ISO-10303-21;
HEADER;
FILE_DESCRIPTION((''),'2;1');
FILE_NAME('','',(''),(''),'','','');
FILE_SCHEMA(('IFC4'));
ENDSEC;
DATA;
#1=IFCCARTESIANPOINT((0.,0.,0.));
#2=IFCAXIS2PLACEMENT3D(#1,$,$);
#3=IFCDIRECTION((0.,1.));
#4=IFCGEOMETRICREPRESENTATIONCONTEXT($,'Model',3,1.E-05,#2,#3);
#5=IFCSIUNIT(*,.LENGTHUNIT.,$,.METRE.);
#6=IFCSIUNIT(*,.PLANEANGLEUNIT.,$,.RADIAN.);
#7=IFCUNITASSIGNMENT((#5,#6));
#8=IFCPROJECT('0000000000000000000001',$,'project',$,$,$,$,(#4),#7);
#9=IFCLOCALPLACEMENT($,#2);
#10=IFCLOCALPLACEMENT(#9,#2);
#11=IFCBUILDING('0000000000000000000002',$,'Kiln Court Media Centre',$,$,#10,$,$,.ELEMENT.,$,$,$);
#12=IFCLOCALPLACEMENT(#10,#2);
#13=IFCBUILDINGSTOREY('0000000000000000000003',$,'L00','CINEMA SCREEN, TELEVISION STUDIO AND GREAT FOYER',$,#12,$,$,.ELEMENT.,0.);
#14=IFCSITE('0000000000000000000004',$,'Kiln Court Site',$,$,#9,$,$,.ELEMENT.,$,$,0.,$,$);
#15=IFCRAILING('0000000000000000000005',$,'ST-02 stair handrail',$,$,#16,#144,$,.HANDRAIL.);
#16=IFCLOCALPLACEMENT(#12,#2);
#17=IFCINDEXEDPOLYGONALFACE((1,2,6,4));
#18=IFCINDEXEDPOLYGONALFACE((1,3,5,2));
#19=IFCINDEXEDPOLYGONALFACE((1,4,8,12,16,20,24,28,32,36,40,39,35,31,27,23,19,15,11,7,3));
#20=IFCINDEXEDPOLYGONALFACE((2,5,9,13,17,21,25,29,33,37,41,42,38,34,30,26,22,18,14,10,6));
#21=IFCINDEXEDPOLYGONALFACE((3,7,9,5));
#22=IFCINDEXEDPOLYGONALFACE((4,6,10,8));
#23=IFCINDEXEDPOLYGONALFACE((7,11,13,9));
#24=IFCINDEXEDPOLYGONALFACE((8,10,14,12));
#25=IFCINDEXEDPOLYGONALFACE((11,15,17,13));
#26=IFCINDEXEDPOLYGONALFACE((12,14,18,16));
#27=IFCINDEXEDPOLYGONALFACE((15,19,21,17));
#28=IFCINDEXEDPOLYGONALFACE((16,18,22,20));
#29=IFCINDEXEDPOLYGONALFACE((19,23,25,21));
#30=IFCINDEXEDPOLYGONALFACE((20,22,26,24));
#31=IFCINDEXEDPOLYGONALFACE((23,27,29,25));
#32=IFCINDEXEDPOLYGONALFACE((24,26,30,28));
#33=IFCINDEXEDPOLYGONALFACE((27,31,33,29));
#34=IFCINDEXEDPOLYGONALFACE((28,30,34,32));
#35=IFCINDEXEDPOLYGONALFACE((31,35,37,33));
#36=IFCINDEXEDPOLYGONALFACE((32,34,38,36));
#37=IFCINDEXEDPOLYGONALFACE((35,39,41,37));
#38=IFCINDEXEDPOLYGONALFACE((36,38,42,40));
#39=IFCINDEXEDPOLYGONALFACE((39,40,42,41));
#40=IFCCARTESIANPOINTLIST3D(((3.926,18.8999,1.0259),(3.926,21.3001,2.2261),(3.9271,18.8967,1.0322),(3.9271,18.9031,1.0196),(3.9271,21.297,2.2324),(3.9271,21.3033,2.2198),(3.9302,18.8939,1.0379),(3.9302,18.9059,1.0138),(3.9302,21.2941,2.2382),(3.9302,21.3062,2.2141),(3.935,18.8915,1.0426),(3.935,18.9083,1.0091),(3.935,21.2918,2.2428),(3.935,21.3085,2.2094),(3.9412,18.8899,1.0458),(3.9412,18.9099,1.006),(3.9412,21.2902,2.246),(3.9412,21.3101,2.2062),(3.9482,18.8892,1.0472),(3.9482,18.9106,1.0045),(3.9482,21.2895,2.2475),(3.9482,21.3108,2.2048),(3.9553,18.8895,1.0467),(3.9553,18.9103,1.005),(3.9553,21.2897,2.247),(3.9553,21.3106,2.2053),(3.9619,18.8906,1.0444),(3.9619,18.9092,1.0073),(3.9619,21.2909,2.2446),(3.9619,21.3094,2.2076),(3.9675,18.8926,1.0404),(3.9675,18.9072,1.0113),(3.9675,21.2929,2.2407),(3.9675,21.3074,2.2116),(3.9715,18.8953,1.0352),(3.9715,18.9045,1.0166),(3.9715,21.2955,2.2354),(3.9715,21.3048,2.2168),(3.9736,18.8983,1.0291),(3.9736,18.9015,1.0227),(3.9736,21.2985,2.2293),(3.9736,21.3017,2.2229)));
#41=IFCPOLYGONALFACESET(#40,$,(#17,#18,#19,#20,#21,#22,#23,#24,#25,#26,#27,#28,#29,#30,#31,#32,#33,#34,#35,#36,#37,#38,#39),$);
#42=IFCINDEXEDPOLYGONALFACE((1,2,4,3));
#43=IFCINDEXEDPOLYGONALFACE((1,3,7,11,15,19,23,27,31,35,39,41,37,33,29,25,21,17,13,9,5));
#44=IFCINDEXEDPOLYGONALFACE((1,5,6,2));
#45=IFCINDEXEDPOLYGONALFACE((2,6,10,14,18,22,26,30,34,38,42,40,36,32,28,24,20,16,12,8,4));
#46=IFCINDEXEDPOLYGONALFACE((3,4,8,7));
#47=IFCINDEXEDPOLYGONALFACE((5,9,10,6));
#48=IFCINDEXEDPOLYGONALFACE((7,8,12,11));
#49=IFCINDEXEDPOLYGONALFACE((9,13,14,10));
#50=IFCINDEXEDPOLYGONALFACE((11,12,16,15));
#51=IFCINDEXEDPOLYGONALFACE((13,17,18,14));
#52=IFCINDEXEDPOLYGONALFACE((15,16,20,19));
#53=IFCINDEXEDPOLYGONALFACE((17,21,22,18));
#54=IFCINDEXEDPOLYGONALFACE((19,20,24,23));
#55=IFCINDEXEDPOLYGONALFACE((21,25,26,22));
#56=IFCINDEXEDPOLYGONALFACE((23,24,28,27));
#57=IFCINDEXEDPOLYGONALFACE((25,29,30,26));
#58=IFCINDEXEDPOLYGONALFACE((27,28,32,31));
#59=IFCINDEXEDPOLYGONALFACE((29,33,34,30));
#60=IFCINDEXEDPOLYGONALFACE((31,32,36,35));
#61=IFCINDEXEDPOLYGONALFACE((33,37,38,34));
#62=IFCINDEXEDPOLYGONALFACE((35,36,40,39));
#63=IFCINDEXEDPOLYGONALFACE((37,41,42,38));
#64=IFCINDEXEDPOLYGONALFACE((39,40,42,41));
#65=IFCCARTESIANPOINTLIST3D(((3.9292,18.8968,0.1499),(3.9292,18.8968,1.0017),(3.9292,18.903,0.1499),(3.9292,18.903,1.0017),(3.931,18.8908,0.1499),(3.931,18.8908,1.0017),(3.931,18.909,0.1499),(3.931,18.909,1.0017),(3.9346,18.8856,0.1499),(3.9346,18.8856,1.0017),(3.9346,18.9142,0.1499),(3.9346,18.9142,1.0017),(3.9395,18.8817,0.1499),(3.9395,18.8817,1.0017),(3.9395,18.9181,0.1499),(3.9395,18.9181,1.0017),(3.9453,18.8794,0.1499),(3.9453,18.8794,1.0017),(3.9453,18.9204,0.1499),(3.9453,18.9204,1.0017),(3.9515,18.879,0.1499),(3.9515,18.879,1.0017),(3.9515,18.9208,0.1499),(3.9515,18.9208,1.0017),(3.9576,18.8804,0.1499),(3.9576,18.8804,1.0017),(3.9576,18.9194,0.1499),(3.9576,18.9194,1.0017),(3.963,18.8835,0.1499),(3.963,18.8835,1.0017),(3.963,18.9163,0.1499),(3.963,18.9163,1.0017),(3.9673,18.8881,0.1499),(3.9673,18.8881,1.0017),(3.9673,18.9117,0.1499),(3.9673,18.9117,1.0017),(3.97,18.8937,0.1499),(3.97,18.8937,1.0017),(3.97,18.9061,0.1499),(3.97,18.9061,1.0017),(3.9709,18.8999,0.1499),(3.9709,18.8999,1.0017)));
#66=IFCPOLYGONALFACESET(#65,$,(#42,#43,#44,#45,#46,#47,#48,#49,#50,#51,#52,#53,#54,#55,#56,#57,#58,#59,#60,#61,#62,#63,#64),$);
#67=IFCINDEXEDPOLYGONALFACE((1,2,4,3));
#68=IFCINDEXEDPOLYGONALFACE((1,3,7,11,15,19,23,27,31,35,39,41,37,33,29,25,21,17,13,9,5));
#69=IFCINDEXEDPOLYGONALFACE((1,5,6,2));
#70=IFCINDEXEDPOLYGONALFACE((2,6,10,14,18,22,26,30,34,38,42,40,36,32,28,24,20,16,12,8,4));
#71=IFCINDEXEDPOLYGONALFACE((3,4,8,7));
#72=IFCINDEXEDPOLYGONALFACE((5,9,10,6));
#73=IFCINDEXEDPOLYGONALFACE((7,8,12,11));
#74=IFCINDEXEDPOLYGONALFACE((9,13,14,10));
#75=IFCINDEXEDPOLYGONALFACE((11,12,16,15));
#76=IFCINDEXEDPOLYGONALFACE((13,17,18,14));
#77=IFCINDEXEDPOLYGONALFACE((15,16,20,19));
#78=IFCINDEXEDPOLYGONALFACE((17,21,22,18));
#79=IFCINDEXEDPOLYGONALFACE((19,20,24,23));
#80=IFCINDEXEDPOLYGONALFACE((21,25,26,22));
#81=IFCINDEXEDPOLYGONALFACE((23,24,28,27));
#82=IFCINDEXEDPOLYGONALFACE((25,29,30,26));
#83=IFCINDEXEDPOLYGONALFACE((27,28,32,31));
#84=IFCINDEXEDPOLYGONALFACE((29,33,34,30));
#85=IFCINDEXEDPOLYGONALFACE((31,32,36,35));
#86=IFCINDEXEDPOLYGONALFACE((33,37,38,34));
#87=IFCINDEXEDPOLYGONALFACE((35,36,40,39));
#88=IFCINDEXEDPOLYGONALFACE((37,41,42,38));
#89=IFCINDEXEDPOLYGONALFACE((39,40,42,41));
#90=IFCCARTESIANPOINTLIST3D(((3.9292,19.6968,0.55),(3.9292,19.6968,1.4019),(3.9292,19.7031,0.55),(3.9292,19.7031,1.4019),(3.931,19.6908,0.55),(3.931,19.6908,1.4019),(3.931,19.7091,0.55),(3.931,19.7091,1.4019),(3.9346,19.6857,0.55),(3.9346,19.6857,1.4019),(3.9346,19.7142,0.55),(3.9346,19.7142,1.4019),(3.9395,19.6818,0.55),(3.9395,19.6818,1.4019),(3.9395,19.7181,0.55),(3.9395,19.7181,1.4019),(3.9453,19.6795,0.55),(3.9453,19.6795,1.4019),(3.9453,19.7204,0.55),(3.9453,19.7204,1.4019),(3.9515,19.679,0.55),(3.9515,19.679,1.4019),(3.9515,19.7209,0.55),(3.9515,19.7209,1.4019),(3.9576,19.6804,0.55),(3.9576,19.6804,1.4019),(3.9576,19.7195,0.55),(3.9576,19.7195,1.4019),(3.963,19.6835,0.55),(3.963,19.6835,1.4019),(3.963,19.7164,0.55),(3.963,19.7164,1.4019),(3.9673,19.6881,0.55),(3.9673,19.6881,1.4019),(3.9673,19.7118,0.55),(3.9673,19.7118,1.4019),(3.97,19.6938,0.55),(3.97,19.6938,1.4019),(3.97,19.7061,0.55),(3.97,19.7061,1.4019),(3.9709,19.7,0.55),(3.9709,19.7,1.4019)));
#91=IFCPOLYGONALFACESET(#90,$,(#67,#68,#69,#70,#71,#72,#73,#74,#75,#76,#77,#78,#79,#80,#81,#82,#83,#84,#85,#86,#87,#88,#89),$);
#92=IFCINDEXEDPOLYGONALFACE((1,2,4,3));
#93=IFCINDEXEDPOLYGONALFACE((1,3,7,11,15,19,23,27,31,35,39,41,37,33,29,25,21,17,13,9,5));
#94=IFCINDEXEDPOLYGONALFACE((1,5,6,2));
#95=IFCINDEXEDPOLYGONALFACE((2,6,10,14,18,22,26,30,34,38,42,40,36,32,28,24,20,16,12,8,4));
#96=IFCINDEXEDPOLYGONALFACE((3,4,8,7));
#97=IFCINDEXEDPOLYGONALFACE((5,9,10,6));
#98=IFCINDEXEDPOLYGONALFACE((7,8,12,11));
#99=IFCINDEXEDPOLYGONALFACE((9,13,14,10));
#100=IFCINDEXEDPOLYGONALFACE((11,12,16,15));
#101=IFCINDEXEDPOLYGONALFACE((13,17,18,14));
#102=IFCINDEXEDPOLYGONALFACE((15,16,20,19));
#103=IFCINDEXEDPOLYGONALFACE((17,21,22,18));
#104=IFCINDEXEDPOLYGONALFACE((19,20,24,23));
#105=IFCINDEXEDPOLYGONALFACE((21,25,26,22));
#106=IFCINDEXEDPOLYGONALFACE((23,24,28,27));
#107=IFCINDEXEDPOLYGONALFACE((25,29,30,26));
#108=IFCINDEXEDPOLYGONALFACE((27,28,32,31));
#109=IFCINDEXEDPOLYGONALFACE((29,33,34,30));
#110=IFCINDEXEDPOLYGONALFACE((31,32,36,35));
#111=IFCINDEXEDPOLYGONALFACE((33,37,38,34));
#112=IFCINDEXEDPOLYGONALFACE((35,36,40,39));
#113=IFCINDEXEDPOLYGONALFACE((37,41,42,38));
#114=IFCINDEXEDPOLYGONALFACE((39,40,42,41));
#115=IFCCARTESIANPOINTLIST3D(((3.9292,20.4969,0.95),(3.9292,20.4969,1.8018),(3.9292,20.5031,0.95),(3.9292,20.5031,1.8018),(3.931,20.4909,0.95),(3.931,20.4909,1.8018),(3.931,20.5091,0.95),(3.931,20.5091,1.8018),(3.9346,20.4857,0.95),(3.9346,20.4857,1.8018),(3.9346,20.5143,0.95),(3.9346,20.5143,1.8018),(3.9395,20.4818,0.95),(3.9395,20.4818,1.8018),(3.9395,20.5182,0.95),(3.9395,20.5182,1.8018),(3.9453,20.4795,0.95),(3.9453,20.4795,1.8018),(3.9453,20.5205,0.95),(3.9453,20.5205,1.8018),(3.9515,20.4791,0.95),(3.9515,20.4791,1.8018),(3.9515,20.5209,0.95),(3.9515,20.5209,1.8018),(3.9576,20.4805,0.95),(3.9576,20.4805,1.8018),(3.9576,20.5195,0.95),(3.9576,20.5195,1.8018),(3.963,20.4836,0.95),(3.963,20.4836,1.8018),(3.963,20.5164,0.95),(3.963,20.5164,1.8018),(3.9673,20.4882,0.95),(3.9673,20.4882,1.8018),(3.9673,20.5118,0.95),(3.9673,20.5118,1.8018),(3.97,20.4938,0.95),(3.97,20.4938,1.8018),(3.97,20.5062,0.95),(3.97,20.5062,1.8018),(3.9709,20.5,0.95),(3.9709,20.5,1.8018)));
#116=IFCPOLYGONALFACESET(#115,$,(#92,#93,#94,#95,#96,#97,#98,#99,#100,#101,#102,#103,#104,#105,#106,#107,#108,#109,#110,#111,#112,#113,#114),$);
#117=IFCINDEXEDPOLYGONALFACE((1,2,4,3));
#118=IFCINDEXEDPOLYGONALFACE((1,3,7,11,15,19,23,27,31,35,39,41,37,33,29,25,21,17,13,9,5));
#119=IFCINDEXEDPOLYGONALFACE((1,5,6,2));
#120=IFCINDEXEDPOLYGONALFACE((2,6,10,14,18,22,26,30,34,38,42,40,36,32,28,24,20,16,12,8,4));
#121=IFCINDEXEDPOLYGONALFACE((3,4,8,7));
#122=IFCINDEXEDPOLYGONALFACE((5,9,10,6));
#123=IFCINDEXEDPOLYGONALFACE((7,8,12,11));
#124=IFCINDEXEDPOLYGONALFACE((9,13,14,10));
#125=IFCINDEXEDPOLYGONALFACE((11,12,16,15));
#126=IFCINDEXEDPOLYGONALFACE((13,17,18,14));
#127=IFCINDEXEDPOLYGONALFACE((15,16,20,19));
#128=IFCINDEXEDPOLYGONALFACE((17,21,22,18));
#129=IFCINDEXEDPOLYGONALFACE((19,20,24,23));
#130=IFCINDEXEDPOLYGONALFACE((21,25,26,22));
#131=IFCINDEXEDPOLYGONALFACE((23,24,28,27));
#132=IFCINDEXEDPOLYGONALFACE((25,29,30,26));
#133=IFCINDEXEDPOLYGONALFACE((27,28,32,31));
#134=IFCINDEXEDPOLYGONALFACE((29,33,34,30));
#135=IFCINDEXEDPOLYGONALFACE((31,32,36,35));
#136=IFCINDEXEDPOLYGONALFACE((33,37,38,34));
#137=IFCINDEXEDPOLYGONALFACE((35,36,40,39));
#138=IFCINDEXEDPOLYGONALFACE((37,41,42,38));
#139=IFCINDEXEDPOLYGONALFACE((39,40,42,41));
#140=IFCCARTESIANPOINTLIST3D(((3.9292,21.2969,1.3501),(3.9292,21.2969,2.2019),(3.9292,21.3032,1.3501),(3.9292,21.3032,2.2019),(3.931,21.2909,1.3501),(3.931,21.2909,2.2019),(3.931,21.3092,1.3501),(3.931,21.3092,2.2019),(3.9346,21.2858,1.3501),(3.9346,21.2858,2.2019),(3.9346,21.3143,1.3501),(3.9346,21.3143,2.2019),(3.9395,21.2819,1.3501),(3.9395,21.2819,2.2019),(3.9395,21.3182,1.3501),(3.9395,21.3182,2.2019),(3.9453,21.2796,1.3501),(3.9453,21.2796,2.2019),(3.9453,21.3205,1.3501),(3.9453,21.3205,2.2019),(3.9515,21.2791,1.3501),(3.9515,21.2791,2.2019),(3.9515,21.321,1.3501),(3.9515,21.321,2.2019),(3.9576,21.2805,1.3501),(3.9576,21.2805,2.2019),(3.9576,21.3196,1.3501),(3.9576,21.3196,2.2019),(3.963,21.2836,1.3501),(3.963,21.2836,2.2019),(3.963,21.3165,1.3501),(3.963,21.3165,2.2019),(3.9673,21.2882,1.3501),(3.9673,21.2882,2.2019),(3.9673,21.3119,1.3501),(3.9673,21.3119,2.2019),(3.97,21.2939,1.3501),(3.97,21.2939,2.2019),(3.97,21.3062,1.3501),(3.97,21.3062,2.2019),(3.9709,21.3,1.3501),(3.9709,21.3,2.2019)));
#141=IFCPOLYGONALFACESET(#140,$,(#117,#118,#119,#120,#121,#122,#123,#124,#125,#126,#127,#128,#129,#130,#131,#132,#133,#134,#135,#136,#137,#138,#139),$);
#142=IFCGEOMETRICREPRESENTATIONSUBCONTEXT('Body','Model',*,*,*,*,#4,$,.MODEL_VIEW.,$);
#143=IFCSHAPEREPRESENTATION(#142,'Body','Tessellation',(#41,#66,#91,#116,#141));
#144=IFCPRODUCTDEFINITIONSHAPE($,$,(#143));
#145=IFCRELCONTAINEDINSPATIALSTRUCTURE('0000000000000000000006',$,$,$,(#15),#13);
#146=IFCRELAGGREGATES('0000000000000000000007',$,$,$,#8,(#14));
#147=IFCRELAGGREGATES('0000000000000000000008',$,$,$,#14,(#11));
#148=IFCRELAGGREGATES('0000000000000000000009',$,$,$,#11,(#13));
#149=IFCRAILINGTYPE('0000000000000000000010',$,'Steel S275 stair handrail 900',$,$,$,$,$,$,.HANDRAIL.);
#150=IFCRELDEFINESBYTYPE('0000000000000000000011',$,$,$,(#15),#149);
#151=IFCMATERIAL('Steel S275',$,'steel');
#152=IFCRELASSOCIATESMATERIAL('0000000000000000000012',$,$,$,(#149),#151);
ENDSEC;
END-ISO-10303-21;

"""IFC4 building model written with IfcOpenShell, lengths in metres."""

from ifc_helpers import new_model, si_unit, direction, frame, origin, origin_2d, place, context, subcontext, project, spatial, circle, extrude, material, type_object, element, save


model = new_model("IFC4")

# Units and contexts
model_context = context("Model", 3, precision=1e-05, world=origin(), true_north=direction((0.0, 1.0)))
body_context = subcontext(model_context, "Body", "Model", "MODEL_VIEW")
ifc_project = project(units=[si_unit("LENGTHUNIT", "METRE"), si_unit("PLANEANGLEUNIT", "RADIAN")], contexts=[model_context])

# Site, building, storey
site_placement = place(None, origin())
site = spatial("IfcSite", under=ifc_project, at=site_placement, Name="Kiln Court Site", CompositionType="ELEMENT", RefElevation=0.0)
building_placement = place(site_placement, origin())
building = spatial("IfcBuilding", under=site, at=building_placement, Name="Kiln Court Media Centre", CompositionType="ELEMENT")
storey_placement = place(building_placement, origin())
storey = spatial("IfcBuildingStorey", under=building, at=storey_placement, Name="L00", Description="CINEMA SCREEN, TELEVISION STUDIO AND GREAT FOYER", CompositionType="ELEMENT", Elevation=0.0)

# Railing
ifc_material_1 = material(Name="Steel S275", Category="steel")
railing_type_1 = type_object("IfcRailingType", Name="Steel S275 stair handrail 900", PredefinedType="HANDRAIL", material=ifc_material_1)
railing_1_placement = place(storey_placement, frame((3.95, 18.8999, 0.1499)))
element("IfcRailing", 1, at=railing_1_placement, inside=storey, type_object=railing_type_1, Name="ST-02 stair handrail", PredefinedType="HANDRAIL", context=body_context, shape_type="SweptSolid", body=[
    extrude(circle(Radius=0.0239, at=origin_2d()), frame((0.0, 0.0, 0.876), z_axis=(0.0, 0.894409, 0.44725), x_axis=(-1.0, 0.0, 0.0)), (0.0, 0.0, 1.0), 2.6836),
    extrude(circle(Radius=0.021, at=origin_2d()), origin(), (0.0, 0.0, 1.0), 0.8518),
    extrude(circle(Radius=0.021, at=origin_2d()), frame((0.0, 0.8, 0.4001)), (0.0, 0.0, 1.0), 0.8518),
    extrude(circle(Radius=0.021, at=origin_2d()), frame((0.0, 1.6001, 0.8)), (0.0, 0.0, 1.0), 0.8518),
    extrude(circle(Radius=0.021, at=origin_2d()), frame((0.0, 2.4001, 1.2002)), (0.0, 0.0, 1.0), 0.8518),
])

save(model, "model.ifc")
